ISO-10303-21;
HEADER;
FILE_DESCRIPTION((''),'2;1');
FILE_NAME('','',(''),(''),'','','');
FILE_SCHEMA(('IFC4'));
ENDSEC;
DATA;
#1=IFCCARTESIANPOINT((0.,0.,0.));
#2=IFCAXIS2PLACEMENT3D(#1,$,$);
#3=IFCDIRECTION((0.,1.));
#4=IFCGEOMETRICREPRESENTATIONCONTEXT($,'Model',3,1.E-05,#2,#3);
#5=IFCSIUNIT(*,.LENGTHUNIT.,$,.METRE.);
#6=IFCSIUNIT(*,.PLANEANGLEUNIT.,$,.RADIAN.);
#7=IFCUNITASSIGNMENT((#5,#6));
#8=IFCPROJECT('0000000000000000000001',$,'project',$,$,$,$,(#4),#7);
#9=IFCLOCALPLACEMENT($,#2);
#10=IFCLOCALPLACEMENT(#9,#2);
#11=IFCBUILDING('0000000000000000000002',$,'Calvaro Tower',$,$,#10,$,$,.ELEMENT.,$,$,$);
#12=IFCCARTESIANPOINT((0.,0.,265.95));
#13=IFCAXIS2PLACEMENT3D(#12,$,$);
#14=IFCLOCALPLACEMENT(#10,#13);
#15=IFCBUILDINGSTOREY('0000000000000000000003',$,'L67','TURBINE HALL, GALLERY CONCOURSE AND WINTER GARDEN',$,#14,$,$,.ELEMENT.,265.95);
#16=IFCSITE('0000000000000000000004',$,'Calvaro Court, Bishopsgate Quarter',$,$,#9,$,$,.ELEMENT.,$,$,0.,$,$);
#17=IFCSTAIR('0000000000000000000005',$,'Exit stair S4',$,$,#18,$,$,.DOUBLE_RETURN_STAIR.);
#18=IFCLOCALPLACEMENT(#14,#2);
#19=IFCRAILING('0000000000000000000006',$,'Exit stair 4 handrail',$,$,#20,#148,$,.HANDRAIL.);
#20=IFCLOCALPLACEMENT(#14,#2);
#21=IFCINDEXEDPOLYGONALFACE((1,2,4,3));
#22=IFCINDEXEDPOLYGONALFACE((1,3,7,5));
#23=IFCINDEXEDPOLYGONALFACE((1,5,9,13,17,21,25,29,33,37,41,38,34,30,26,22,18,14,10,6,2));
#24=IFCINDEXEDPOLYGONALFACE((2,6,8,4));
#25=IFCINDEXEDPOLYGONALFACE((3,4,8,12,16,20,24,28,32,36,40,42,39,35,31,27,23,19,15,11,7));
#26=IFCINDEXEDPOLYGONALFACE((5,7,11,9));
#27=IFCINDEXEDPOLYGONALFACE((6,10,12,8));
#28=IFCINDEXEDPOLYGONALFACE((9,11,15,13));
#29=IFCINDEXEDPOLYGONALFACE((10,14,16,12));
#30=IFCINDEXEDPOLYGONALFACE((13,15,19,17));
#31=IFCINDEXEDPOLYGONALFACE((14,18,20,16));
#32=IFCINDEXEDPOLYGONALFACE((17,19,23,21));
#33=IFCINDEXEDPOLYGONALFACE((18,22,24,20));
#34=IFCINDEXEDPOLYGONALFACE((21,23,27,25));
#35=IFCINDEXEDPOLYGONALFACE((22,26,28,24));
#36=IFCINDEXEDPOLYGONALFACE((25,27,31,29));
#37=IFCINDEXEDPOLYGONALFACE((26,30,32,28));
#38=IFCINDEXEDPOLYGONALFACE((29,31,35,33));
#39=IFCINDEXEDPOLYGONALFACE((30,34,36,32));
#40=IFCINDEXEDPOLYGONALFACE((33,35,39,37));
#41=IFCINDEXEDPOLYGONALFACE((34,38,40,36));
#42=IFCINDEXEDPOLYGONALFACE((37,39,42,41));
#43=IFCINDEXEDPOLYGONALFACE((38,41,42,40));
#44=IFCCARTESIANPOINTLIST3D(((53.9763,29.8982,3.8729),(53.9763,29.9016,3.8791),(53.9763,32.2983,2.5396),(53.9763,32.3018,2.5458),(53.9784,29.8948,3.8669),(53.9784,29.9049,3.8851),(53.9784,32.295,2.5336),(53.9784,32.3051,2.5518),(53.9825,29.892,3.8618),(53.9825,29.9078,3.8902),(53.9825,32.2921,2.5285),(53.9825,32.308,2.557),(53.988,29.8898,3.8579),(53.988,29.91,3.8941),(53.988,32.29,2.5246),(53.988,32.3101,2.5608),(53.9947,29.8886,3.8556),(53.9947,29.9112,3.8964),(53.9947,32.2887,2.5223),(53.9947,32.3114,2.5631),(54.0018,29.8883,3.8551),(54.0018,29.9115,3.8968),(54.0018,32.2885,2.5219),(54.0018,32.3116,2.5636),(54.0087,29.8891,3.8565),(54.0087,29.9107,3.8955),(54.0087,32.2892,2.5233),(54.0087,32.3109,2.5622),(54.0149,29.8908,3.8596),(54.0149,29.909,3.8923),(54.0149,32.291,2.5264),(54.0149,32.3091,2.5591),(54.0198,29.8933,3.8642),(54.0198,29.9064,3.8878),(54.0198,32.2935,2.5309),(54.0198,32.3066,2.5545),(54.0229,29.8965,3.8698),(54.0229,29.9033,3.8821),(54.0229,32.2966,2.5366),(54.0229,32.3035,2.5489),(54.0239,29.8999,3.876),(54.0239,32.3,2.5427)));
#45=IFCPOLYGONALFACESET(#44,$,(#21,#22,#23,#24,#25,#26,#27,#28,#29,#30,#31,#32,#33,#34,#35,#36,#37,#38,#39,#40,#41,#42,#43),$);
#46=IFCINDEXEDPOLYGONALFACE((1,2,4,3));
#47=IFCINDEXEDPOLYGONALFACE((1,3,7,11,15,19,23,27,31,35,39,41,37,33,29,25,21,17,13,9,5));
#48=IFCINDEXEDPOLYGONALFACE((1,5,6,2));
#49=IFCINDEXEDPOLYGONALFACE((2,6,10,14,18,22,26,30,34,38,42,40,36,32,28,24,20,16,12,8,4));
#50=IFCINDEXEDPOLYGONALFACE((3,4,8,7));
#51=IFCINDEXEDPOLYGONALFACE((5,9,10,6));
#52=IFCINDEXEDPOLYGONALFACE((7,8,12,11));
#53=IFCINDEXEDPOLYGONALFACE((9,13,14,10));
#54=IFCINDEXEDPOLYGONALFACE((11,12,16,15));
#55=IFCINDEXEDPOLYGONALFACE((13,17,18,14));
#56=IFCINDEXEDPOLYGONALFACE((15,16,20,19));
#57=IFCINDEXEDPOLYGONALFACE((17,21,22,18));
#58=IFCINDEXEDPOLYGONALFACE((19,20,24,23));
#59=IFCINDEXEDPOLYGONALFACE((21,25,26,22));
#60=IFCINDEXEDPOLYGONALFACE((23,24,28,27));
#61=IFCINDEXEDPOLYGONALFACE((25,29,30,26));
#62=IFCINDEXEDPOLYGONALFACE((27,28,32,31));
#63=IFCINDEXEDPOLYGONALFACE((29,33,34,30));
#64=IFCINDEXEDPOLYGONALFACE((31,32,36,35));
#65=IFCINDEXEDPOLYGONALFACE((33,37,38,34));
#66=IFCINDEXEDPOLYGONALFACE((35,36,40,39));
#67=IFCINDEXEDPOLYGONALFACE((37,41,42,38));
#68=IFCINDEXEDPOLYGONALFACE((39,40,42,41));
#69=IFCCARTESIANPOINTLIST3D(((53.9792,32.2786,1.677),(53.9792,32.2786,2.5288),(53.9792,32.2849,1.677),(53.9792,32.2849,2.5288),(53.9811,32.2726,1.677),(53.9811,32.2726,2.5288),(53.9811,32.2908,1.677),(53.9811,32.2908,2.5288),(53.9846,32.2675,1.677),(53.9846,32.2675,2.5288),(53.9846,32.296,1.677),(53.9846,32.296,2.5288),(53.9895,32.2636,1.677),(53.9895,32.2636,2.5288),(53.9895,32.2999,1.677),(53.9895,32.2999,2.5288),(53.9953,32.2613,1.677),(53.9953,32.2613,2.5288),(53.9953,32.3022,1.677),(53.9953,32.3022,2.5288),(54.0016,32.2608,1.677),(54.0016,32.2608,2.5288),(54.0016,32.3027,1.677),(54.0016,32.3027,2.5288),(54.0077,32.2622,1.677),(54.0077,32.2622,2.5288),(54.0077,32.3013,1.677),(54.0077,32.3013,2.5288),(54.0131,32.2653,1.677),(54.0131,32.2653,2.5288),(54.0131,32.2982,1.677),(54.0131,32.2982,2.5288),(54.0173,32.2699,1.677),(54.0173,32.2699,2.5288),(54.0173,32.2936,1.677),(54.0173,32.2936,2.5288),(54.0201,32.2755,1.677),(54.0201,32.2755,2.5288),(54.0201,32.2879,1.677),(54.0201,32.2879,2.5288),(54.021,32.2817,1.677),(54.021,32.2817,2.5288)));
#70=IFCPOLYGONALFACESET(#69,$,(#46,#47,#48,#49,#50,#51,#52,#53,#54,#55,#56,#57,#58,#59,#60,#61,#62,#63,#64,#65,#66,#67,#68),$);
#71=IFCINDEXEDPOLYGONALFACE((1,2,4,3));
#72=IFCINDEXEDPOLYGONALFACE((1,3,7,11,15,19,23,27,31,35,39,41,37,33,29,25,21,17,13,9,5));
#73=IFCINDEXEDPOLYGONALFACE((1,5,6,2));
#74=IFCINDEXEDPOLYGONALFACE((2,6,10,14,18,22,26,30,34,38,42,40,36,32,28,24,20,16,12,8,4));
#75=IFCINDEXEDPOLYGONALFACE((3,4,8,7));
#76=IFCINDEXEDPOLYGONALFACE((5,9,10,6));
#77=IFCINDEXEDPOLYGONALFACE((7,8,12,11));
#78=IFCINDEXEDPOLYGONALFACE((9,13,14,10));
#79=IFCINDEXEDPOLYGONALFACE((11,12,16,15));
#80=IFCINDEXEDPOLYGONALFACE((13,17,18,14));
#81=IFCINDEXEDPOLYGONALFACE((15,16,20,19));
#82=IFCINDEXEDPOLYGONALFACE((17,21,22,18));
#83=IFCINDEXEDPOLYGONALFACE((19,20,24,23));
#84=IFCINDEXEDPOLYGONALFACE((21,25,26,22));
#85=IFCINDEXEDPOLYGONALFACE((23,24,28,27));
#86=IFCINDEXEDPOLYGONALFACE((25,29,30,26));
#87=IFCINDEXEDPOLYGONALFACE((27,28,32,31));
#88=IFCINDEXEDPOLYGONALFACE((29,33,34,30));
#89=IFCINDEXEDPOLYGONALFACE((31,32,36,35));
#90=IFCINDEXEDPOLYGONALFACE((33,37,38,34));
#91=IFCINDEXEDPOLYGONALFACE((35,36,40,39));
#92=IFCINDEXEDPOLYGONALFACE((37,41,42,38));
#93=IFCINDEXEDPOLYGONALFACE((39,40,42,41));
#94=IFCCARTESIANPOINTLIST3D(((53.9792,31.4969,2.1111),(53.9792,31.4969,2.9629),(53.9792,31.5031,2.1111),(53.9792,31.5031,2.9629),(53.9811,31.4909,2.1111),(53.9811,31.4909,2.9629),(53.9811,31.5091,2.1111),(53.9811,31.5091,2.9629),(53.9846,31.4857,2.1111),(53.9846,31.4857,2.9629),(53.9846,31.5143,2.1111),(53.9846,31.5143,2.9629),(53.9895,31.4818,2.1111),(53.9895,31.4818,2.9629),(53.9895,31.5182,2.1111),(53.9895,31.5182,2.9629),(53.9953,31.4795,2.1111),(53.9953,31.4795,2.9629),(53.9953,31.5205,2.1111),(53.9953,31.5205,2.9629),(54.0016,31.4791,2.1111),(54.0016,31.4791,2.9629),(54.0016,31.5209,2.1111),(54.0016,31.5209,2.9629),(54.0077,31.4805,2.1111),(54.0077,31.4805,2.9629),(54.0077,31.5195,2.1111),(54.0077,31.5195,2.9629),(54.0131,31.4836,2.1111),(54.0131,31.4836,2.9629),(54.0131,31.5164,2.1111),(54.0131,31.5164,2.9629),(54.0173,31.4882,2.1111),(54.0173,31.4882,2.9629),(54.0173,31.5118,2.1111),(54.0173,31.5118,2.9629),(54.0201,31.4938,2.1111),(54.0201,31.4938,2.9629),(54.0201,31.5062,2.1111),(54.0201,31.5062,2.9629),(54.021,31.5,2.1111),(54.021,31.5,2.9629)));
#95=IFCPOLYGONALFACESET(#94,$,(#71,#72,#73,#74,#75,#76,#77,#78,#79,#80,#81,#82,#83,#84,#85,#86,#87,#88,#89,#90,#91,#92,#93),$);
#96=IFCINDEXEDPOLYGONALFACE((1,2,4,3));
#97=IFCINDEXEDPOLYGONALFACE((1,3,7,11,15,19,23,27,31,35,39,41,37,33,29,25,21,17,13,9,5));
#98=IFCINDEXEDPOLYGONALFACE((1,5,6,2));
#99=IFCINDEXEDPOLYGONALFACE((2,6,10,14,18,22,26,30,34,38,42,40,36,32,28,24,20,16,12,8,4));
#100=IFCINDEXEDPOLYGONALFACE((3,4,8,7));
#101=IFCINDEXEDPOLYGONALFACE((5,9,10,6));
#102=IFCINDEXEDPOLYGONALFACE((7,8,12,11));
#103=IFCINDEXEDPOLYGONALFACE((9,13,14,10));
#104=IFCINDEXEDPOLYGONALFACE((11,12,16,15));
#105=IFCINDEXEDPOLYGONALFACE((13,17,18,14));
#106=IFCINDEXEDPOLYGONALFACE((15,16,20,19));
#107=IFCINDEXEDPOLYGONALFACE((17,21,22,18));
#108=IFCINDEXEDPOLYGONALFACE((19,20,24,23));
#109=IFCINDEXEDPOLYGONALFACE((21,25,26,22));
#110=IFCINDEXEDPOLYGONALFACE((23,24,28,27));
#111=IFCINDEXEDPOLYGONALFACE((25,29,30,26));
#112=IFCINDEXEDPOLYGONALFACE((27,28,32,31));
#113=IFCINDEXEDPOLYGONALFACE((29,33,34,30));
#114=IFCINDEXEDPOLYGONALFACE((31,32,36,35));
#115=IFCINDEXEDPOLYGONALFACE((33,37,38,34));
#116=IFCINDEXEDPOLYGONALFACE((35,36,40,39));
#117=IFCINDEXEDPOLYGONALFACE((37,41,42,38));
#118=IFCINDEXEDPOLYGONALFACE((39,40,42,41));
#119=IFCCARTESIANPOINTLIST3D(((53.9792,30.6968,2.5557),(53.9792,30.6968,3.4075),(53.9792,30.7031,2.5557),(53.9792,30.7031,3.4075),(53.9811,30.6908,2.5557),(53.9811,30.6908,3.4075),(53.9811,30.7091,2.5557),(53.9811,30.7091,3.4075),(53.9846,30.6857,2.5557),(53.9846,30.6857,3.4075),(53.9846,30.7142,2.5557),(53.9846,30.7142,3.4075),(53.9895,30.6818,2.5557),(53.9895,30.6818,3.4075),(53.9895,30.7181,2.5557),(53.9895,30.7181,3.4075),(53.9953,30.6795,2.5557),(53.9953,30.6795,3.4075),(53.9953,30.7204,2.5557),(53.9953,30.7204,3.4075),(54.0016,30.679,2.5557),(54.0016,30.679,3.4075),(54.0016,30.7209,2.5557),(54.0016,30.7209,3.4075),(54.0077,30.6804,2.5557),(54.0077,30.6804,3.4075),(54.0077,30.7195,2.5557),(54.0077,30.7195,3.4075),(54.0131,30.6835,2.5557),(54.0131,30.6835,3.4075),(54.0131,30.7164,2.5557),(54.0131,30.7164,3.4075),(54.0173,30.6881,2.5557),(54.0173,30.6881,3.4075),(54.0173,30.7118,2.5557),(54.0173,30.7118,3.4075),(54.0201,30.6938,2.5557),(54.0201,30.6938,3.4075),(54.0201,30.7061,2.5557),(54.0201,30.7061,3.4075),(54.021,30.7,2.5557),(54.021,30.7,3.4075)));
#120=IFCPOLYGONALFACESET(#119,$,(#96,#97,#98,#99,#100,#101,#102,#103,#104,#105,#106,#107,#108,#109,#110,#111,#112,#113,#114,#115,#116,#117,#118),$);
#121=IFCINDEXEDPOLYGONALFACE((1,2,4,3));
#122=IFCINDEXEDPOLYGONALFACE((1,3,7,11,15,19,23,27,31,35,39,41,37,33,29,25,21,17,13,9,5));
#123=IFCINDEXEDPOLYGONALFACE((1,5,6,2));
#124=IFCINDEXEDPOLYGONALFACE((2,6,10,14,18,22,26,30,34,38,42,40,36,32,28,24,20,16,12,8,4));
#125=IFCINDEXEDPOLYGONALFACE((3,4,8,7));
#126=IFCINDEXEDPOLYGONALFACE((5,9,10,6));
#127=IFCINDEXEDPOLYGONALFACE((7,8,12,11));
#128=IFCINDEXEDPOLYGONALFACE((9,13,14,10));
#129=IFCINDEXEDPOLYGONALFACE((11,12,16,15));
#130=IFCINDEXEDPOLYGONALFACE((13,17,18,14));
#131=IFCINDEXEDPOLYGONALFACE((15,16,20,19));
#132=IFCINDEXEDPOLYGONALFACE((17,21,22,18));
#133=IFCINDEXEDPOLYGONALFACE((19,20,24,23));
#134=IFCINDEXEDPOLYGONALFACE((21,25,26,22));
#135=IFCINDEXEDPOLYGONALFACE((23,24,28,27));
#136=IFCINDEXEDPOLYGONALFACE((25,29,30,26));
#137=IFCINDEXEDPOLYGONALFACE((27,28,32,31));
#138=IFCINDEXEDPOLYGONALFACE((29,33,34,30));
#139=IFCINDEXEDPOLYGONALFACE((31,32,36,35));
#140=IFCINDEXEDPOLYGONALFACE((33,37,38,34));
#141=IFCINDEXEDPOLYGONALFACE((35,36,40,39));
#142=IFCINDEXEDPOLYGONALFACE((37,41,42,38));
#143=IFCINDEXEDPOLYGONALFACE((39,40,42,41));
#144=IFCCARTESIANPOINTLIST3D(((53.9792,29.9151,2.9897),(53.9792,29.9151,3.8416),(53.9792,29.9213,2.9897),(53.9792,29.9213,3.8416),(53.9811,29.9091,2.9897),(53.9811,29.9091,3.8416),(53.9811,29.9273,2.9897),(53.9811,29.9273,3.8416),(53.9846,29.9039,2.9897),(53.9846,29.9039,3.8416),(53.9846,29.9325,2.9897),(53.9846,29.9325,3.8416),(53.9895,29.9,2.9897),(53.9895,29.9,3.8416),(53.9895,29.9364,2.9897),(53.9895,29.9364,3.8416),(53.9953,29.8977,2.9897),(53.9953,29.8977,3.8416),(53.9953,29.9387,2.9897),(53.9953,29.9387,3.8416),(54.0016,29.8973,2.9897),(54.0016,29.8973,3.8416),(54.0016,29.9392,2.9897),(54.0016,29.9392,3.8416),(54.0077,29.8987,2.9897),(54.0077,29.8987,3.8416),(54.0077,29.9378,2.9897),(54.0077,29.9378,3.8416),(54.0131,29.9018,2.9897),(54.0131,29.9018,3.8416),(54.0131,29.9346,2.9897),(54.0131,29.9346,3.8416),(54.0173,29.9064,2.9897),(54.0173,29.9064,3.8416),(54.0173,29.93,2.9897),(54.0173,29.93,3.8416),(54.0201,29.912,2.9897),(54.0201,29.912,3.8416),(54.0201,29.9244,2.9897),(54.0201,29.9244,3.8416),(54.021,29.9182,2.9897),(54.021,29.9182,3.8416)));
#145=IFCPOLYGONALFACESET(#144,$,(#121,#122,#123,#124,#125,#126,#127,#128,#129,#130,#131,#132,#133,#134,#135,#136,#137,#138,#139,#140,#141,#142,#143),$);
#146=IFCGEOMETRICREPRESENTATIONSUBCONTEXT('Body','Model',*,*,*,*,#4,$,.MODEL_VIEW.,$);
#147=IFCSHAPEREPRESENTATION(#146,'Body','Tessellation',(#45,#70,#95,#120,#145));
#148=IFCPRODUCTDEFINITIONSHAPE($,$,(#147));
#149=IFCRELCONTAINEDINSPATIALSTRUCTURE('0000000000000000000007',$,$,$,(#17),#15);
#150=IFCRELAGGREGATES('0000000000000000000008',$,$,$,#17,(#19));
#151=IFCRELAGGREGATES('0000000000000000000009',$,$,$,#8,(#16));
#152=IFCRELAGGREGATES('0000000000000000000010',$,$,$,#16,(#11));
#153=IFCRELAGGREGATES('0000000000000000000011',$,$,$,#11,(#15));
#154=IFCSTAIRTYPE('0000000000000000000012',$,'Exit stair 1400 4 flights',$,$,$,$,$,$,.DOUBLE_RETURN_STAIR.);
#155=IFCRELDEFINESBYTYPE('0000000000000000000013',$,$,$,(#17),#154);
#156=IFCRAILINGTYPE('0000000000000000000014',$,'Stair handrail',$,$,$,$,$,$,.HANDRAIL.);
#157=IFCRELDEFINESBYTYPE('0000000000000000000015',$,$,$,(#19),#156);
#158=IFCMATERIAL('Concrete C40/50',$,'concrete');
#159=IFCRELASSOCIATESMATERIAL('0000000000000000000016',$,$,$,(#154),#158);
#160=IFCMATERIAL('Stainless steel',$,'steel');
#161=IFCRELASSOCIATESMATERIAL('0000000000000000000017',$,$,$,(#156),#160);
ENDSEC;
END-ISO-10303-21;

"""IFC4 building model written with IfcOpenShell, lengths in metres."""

from ifc_helpers import new_model, si_unit, direction, frame, origin, origin_2d, place, context, subcontext, project, spatial, circle, extrude, material, type_object, element, aggregate, save


model = new_model("IFC4")

# Units and contexts
model_context = context("Model", 3, precision=1e-05, world=origin(), true_north=direction((0.0, 1.0)))
body_context = subcontext(model_context, "Body", "Model", "MODEL_VIEW")
ifc_project = project(units=[si_unit("LENGTHUNIT", "METRE"), si_unit("PLANEANGLEUNIT", "RADIAN")], contexts=[model_context])

# Site, building, storey
site_placement = place(None, origin())
site = spatial("IfcSite", under=ifc_project, at=site_placement, Name="Calvaro Court, Bishopsgate Quarter", CompositionType="ELEMENT", RefElevation=0.0)
building_placement = place(site_placement, origin())
building = spatial("IfcBuilding", under=site, at=building_placement, Name="Calvaro Tower", CompositionType="ELEMENT")
storey_placement = place(building_placement, frame((0.0, 0.0, 265.95)))
storey = spatial("IfcBuildingStorey", under=building, at=storey_placement, Name="L67", Description="TURBINE HALL, GALLERY CONCOURSE AND WINTER GARDEN", CompositionType="ELEMENT", Elevation=265.95)

# Stair
ifc_material_1 = material(Name="Concrete C40/50", Category="concrete")
stair_type = type_object("IfcStairType", Name="Exit stair 1400 4 flights", PredefinedType="DOUBLE_RETURN_STAIR", material=ifc_material_1)
stair_1_placement = place(storey_placement, origin())
stair_1 = element("IfcStair", 1, at=stair_1_placement, inside=storey, type_object=stair_type, Name="Exit stair S4", PredefinedType="DOUBLE_RETURN_STAIR")

# Railing
ifc_material_2 = material(Name="Stainless steel", Category="steel")
railing_type_1 = type_object("IfcRailingType", Name="Stair handrail", PredefinedType="HANDRAIL", material=ifc_material_2)
railing_1_placement = place(storey_placement, frame((54.0, 32.3, 1.6667)))
railing_1 = element("IfcRailing", 2, at=railing_1_placement, type_object=railing_type_1, Name="Exit stair 4 handrail", PredefinedType="HANDRAIL", context=body_context, shape_type="SweptSolid", body=[
    extrude(circle(Radius=0.0239, at=origin_2d()), frame((0.0, 0.0, 0.876), z_axis=(0.0, -0.874182, 0.485598), x_axis=(1.0, 0.0, 0.0)), (0.0, 0.0, 1.0), 2.7456),
    extrude(circle(Radius=0.021, at=origin_2d()), frame((0.0, -0.0183, 0.0103)), (0.0, 0.0, 1.0), 0.8518),
    extrude(circle(Radius=0.021, at=origin_2d()), frame((0.0, -0.8, 0.4443)), (0.0, 0.0, 1.0), 0.8518),
    extrude(circle(Radius=0.021, at=origin_2d()), frame((0.0, -1.6001, 0.8889)), (0.0, 0.0, 1.0), 0.8518),
    extrude(circle(Radius=0.021, at=origin_2d()), frame((0.0, -2.3818, 1.323)), (0.0, 0.0, 1.0), 0.8518),
])
aggregate(stair_1, [railing_1])

save(model, "model.ifc")
